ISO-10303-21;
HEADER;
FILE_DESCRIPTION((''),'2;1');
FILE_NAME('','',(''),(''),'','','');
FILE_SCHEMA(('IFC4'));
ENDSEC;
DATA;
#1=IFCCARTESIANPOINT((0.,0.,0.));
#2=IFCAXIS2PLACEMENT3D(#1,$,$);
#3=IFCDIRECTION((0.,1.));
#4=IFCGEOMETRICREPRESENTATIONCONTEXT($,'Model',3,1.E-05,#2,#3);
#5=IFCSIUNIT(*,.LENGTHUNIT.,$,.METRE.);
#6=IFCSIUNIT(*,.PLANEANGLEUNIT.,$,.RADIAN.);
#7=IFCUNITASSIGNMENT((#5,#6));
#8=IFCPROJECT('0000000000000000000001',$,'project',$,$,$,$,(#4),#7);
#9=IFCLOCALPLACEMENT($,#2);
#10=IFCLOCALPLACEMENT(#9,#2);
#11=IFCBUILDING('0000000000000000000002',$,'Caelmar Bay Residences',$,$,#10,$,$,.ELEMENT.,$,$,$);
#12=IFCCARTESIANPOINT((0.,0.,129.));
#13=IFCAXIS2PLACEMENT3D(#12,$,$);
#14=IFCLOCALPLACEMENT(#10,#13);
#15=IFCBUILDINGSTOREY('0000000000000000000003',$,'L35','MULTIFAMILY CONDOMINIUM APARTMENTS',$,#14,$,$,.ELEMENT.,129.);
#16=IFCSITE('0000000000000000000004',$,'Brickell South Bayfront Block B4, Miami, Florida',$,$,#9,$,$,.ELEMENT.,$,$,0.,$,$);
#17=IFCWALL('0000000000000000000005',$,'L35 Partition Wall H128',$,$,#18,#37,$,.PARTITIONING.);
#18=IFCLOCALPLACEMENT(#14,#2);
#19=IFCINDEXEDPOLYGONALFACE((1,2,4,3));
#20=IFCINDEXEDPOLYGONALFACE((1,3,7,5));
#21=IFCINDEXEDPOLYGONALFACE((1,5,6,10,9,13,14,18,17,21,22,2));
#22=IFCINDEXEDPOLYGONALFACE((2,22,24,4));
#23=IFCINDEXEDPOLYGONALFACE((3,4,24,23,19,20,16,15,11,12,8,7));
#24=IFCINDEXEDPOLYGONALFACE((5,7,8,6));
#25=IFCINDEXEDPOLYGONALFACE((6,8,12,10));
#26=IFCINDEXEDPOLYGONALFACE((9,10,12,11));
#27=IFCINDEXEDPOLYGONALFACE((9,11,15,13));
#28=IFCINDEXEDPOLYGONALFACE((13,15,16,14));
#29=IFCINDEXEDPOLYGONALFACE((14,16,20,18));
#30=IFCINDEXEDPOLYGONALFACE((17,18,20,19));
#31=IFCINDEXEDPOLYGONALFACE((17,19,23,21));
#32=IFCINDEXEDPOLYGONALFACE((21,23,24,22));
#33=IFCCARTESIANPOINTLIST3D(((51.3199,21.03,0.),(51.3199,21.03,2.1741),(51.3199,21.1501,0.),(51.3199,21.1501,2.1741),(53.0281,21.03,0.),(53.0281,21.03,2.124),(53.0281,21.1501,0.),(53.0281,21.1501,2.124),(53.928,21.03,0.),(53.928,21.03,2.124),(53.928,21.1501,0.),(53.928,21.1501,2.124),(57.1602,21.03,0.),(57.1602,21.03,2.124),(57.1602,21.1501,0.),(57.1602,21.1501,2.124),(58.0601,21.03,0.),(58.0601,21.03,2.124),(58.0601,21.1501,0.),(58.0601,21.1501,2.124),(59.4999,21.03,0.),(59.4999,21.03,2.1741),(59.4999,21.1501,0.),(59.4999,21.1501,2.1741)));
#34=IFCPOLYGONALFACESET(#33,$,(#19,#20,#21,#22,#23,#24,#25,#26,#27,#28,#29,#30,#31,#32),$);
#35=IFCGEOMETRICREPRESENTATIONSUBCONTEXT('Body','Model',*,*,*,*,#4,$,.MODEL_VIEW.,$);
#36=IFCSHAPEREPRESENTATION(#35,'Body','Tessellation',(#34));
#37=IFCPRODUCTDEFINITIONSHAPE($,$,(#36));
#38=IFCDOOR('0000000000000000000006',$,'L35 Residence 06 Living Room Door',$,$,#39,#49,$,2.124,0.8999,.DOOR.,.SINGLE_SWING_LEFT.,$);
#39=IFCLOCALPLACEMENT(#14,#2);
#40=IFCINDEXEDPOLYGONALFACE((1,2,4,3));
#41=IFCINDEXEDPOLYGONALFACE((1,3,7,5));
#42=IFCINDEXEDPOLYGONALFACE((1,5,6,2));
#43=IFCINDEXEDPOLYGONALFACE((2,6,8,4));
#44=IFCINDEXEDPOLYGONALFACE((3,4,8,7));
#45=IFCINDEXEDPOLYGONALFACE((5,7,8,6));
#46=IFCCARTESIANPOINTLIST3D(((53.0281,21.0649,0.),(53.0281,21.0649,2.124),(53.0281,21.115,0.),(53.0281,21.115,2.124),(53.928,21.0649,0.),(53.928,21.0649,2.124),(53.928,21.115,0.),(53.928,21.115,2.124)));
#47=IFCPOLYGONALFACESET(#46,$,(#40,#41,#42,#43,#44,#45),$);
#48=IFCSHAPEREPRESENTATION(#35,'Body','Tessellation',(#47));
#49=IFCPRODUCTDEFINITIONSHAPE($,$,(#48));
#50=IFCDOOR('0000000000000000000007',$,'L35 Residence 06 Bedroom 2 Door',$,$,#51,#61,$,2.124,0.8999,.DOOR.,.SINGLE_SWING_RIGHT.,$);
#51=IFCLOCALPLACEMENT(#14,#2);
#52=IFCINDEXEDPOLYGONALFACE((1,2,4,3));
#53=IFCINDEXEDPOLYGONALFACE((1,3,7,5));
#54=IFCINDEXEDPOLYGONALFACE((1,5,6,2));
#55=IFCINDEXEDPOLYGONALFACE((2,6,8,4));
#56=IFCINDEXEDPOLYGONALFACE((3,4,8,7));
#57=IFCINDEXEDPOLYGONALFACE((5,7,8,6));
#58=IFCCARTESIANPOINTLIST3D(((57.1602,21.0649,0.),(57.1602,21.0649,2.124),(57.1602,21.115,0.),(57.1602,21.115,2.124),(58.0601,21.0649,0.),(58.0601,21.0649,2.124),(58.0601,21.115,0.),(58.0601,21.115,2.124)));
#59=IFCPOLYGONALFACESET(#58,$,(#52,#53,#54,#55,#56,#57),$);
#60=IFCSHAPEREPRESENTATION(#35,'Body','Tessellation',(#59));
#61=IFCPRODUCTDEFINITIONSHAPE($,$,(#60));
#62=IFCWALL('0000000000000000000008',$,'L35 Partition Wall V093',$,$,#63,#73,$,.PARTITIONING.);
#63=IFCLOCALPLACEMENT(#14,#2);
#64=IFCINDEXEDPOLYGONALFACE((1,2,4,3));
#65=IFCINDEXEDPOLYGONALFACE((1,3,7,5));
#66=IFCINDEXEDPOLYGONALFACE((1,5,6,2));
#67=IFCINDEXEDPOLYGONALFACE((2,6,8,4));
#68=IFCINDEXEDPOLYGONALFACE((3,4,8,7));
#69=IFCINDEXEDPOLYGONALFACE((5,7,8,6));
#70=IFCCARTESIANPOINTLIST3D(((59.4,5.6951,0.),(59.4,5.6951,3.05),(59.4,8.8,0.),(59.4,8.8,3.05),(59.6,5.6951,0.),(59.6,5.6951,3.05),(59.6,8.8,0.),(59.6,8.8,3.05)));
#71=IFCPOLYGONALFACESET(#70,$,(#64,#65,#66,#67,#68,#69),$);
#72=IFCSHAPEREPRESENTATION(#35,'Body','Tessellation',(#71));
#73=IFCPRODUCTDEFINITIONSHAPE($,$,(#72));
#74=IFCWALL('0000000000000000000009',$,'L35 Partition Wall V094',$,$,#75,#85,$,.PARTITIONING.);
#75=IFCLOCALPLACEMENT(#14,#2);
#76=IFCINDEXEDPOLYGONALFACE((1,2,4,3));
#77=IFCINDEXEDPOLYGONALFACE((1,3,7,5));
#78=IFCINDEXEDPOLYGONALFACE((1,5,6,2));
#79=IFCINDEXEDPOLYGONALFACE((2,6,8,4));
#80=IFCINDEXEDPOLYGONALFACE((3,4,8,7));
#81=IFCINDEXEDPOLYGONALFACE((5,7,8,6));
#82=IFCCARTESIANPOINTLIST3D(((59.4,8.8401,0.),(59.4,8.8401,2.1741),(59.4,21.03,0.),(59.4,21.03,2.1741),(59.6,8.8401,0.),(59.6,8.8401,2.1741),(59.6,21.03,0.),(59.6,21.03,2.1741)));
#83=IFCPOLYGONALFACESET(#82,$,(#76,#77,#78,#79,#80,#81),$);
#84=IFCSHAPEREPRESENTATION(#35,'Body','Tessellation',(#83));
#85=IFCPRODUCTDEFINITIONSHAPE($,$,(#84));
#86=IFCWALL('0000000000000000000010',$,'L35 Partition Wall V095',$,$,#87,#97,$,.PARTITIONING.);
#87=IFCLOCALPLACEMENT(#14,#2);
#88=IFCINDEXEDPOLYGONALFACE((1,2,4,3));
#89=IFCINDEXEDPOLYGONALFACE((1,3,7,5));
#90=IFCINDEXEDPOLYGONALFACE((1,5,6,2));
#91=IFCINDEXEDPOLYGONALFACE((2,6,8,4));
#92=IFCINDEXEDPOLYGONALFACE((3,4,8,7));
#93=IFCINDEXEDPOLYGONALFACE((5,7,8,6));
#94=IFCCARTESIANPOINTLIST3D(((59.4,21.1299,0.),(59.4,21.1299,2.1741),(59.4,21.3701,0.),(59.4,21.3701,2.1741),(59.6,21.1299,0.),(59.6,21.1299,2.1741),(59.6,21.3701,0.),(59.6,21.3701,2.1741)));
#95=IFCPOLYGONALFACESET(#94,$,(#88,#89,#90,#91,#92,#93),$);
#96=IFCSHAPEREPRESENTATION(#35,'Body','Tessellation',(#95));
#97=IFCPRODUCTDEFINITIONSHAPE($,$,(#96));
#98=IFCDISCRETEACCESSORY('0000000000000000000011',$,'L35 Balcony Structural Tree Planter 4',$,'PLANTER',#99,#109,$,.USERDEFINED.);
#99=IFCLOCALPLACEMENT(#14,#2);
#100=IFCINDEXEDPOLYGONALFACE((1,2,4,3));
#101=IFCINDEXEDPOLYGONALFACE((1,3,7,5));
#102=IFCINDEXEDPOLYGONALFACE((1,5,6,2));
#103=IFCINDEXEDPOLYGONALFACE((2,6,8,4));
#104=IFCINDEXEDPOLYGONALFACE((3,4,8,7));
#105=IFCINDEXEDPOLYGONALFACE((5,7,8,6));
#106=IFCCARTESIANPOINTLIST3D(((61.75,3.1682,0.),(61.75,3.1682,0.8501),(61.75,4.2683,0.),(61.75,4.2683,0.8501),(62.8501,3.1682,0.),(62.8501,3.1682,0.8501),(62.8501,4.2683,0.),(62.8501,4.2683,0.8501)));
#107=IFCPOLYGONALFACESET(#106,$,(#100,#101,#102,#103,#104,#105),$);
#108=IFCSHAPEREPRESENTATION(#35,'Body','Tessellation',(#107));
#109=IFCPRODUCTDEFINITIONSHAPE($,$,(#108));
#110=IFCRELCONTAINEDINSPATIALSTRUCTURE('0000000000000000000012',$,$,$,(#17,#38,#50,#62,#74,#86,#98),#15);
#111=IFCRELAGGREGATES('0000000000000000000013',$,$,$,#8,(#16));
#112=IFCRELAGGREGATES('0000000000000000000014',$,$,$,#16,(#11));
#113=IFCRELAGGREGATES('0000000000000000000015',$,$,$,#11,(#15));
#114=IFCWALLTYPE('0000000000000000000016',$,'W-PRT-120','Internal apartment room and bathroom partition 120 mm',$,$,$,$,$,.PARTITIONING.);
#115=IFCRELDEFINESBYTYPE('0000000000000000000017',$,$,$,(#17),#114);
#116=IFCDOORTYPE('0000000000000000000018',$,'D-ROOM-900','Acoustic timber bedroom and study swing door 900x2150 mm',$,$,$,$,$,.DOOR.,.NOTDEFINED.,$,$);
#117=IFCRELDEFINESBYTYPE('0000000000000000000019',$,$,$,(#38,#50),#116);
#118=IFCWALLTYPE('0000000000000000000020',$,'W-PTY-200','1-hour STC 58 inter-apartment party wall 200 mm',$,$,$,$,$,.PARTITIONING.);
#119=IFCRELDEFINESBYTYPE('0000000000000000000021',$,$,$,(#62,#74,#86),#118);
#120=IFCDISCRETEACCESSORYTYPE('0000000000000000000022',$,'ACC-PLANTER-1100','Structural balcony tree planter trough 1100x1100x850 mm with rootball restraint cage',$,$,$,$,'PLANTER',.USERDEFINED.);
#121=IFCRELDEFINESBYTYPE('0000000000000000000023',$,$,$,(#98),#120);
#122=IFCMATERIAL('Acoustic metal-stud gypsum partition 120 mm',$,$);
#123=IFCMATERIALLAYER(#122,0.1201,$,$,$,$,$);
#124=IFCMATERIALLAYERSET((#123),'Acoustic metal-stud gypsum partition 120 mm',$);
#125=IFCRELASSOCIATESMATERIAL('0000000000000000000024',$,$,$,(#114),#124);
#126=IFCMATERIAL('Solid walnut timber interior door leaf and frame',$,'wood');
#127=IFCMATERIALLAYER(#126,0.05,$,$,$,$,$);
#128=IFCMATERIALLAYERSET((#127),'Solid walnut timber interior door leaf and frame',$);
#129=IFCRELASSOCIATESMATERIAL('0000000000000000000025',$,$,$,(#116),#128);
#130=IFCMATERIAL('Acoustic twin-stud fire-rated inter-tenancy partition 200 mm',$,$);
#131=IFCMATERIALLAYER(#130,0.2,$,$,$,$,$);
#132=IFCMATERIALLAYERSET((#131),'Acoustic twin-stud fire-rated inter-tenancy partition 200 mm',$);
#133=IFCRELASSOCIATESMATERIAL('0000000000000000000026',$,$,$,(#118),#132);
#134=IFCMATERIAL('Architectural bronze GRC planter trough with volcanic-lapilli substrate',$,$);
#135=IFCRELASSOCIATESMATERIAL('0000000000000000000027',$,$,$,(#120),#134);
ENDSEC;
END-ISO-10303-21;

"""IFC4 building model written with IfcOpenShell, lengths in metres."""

from ifc_helpers import new_model, si_unit, direction, frame, frame_2d, origin, origin_2d, place, context, subcontext, project, spatial, rectangle, extrude, material, layer, layer_set, type_object, element, fill, save


model = new_model("IFC4")

# Units and contexts
model_context = context("Model", 3, precision=1e-05, world=origin(), true_north=direction((0.0, 1.0)))
body_context = subcontext(model_context, "Body", "Model", "MODEL_VIEW")
ifc_project = project(units=[si_unit("LENGTHUNIT", "METRE"), si_unit("PLANEANGLEUNIT", "RADIAN")], contexts=[model_context])

# Site, building, storey
site_placement = place(None, origin())
site = spatial("IfcSite", under=ifc_project, at=site_placement, Name="Brickell South Bayfront Block B4, Miami, Florida", CompositionType="ELEMENT", RefElevation=0.0)
building_placement = place(site_placement, origin())
building = spatial("IfcBuilding", under=site, at=building_placement, Name="Caelmar Bay Residences", CompositionType="ELEMENT")
storey_placement = place(building_placement, frame((0.0, 0.0, 129.0)))
storey = spatial("IfcBuildingStorey", under=building, at=storey_placement, Name="L35", Description="MULTIFAMILY CONDOMINIUM APARTMENTS", CompositionType="ELEMENT", Elevation=129.0)

# Shared definitions
ifc_material_1 = material(Name="Acoustic metal-stud gypsum partition 120 mm")
ifc_layer_1 = layer(ifc_material_1, 0.1201)
ifc_layer_set_1 = layer_set([ifc_layer_1], Name="Acoustic metal-stud gypsum partition 120 mm")
wall_type_1 = type_object("IfcWallType", Name="W-PRT-120", Description="Internal apartment room and bathroom partition 120 mm", PredefinedType="PARTITIONING", material=ifc_layer_set_1)

# Shared definitions
ifc_material_2 = material(Name="Solid walnut timber interior door leaf and frame", Category="wood")
ifc_layer_2 = layer(ifc_material_2, 0.05)
ifc_layer_set_2 = layer_set([ifc_layer_2], Name="Solid walnut timber interior door leaf and frame")
door_type = type_object("IfcDoorType", Name="D-ROOM-900", Description="Acoustic timber bedroom and study swing door 900x2150 mm", OperationType="NOTDEFINED", PredefinedType="DOOR", material=ifc_layer_set_2)

# Wall, openings, doors
wall_1_placement = place(storey_placement, frame((51.3201, 21.0901, 0.0), z_axis=(0.0, 0.0, 1.0), x_axis=(1.0, 0.0, 0.0)))
wall_1 = element("IfcWall", 1, at=wall_1_placement, inside=storey, type_object=wall_type_1, Name="L35 Partition Wall H128", PredefinedType="PARTITIONING", context=body_context, shape_type="SweptSolid", body=[
    extrude(rectangle(XDim=8.1799, YDim=0.1201, at=frame_2d((4.0898, 0.0))), origin(), (0.0, 0.0, 1.0), 2.1741),
])
opening_1_placement = place(wall_1_placement, frame((1.708, 0.0, 0.0)))
opening_1 = element("IfcOpeningElement", 2, at=opening_1_placement, cuts=wall_1, PredefinedType="OPENING", context=body_context, shape_type="SweptSolid", body=[
    extrude(rectangle(XDim=0.8999, YDim=2.124, at=frame_2d((0.45, 1.062))), frame((0.0, 0.0701, 0.0), z_axis=(0.0, -1.0, 0.0), x_axis=(1.0, 0.0, 0.0)), (0.0, 0.0, 1.0), 0.1401),
])
opening_2_placement = place(wall_1_placement, frame((5.8401, 0.0, 0.0)))
opening_2 = element("IfcOpeningElement", 3, at=opening_2_placement, cuts=wall_1, PredefinedType="OPENING", context=body_context, shape_type="SweptSolid", body=[
    extrude(rectangle(XDim=0.8999, YDim=2.124, at=frame_2d((0.45, 1.062))), frame((0.0, 0.0701, 0.0), z_axis=(0.0, -1.0, 0.0), x_axis=(1.0, 0.0, 0.0)), (0.0, 0.0, 1.0), 0.1401),
])
door_1_placement = place(opening_1_placement, origin())
door_1 = element("IfcDoor", 4, at=door_1_placement, inside=storey, type_object=door_type, Name="L35 Residence 06 Living Room Door", OperationType="SINGLE_SWING_LEFT", OverallHeight=2.124, OverallWidth=0.8999, PredefinedType="DOOR", context=body_context, shape_type="SweptSolid", body=[
    extrude(rectangle(XDim=0.8999, YDim=2.124, at=frame_2d((0.45, 1.062))), frame((0.0, 0.0249, 0.0), z_axis=(0.0, -1.0, 0.0), x_axis=(1.0, 0.0, 0.0)), (0.0, 0.0, 1.0), 0.05),
])
fill(opening_1, door_1)
door_2_placement = place(opening_2_placement, origin())
door_2 = element("IfcDoor", 5, at=door_2_placement, inside=storey, type_object=door_type, Name="L35 Residence 06 Bedroom 2 Door", OperationType="SINGLE_SWING_RIGHT", OverallHeight=2.124, OverallWidth=0.8999, PredefinedType="DOOR", context=body_context, shape_type="SweptSolid", body=[
    extrude(rectangle(XDim=0.8999, YDim=2.124, at=frame_2d((0.45, 1.062))), frame((0.0, 0.0249, 0.0), z_axis=(0.0, -1.0, 0.0), x_axis=(1.0, 0.0, 0.0)), (0.0, 0.0, 1.0), 0.05),
])
fill(opening_2, door_2)

# Walls
ifc_material_3 = material(Name="Acoustic twin-stud fire-rated inter-tenancy partition 200 mm")
ifc_layer_3 = layer(ifc_material_3, 0.2)
ifc_layer_set_3 = layer_set([ifc_layer_3], Name="Acoustic twin-stud fire-rated inter-tenancy partition 200 mm")
wall_type_2 = type_object("IfcWallType", Name="W-PTY-200", Description="1-hour STC 58 inter-apartment party wall 200 mm", PredefinedType="PARTITIONING", material=ifc_layer_set_3)
wall_2_placement = place(storey_placement, frame((59.5, 5.6951, 0.0), z_axis=(0.0, 0.0, 1.0), x_axis=(0.0, 1.0, 0.0)))
element("IfcWall", 6, at=wall_2_placement, inside=storey, type_object=wall_type_2, Name="L35 Partition Wall V093", PredefinedType="PARTITIONING", context=body_context, shape_type="SweptSolid", body=[
    extrude(rectangle(XDim=3.105, YDim=0.2, at=frame_2d((1.5525, 0.0))), origin(), (0.0, 0.0, 1.0), 3.05),
])
wall_3_placement = place(storey_placement, frame((59.5, 8.8401, 0.0), z_axis=(0.0, 0.0, 1.0), x_axis=(0.0, 1.0, 0.0)))
element("IfcWall", 7, at=wall_3_placement, inside=storey, type_object=wall_type_2, Name="L35 Partition Wall V094", PredefinedType="PARTITIONING", context=body_context, shape_type="SweptSolid", body=[
    extrude(rectangle(XDim=12.1899, YDim=0.2, at=frame_2d((6.095, 0.0))), origin(), (0.0, 0.0, 1.0), 2.1741),
])
wall_4_placement = place(storey_placement, frame((59.5, 21.1299, 0.0), z_axis=(0.0, 0.0, 1.0), x_axis=(0.0, 1.0, 0.0)))
element("IfcWall", 8, at=wall_4_placement, inside=storey, type_object=wall_type_2, Name="L35 Partition Wall V095", PredefinedType="PARTITIONING", context=body_context, shape_type="SweptSolid", body=[
    extrude(rectangle(XDim=0.2402, YDim=0.2, at=frame_2d((0.1201, 0.0))), origin(), (0.0, 0.0, 1.0), 2.1741),
])

# Discrete accessory
ifc_material_4 = material(Name="Architectural bronze GRC planter trough with volcanic-lapilli substrate")
discrete_accessory_type = type_object("IfcDiscreteAccessoryType", Name="ACC-PLANTER-1100", Description="Structural balcony tree planter trough 1100x1100x850 mm with rootball restraint cage", ElementType="PLANTER", PredefinedType="USERDEFINED", material=ifc_material_4)
discrete_accessory_placement = place(storey_placement, frame((62.3, 3.7183, 0.0), z_axis=(0.0, 0.0, 1.0), x_axis=(1.0, 0.0, 0.0)))
element("IfcDiscreteAccessory", 9, at=discrete_accessory_placement, inside=storey, type_object=discrete_accessory_type, Name="L35 Balcony Structural Tree Planter 4", ObjectType="PLANTER", PredefinedType="USERDEFINED", context=body_context, shape_type="SweptSolid", body=[
    extrude(rectangle(XDim=1.1001, YDim=1.1001, at=origin_2d()), origin(), (0.0, 0.0, 1.0), 0.8501),
])

save(model, "model.ifc")
